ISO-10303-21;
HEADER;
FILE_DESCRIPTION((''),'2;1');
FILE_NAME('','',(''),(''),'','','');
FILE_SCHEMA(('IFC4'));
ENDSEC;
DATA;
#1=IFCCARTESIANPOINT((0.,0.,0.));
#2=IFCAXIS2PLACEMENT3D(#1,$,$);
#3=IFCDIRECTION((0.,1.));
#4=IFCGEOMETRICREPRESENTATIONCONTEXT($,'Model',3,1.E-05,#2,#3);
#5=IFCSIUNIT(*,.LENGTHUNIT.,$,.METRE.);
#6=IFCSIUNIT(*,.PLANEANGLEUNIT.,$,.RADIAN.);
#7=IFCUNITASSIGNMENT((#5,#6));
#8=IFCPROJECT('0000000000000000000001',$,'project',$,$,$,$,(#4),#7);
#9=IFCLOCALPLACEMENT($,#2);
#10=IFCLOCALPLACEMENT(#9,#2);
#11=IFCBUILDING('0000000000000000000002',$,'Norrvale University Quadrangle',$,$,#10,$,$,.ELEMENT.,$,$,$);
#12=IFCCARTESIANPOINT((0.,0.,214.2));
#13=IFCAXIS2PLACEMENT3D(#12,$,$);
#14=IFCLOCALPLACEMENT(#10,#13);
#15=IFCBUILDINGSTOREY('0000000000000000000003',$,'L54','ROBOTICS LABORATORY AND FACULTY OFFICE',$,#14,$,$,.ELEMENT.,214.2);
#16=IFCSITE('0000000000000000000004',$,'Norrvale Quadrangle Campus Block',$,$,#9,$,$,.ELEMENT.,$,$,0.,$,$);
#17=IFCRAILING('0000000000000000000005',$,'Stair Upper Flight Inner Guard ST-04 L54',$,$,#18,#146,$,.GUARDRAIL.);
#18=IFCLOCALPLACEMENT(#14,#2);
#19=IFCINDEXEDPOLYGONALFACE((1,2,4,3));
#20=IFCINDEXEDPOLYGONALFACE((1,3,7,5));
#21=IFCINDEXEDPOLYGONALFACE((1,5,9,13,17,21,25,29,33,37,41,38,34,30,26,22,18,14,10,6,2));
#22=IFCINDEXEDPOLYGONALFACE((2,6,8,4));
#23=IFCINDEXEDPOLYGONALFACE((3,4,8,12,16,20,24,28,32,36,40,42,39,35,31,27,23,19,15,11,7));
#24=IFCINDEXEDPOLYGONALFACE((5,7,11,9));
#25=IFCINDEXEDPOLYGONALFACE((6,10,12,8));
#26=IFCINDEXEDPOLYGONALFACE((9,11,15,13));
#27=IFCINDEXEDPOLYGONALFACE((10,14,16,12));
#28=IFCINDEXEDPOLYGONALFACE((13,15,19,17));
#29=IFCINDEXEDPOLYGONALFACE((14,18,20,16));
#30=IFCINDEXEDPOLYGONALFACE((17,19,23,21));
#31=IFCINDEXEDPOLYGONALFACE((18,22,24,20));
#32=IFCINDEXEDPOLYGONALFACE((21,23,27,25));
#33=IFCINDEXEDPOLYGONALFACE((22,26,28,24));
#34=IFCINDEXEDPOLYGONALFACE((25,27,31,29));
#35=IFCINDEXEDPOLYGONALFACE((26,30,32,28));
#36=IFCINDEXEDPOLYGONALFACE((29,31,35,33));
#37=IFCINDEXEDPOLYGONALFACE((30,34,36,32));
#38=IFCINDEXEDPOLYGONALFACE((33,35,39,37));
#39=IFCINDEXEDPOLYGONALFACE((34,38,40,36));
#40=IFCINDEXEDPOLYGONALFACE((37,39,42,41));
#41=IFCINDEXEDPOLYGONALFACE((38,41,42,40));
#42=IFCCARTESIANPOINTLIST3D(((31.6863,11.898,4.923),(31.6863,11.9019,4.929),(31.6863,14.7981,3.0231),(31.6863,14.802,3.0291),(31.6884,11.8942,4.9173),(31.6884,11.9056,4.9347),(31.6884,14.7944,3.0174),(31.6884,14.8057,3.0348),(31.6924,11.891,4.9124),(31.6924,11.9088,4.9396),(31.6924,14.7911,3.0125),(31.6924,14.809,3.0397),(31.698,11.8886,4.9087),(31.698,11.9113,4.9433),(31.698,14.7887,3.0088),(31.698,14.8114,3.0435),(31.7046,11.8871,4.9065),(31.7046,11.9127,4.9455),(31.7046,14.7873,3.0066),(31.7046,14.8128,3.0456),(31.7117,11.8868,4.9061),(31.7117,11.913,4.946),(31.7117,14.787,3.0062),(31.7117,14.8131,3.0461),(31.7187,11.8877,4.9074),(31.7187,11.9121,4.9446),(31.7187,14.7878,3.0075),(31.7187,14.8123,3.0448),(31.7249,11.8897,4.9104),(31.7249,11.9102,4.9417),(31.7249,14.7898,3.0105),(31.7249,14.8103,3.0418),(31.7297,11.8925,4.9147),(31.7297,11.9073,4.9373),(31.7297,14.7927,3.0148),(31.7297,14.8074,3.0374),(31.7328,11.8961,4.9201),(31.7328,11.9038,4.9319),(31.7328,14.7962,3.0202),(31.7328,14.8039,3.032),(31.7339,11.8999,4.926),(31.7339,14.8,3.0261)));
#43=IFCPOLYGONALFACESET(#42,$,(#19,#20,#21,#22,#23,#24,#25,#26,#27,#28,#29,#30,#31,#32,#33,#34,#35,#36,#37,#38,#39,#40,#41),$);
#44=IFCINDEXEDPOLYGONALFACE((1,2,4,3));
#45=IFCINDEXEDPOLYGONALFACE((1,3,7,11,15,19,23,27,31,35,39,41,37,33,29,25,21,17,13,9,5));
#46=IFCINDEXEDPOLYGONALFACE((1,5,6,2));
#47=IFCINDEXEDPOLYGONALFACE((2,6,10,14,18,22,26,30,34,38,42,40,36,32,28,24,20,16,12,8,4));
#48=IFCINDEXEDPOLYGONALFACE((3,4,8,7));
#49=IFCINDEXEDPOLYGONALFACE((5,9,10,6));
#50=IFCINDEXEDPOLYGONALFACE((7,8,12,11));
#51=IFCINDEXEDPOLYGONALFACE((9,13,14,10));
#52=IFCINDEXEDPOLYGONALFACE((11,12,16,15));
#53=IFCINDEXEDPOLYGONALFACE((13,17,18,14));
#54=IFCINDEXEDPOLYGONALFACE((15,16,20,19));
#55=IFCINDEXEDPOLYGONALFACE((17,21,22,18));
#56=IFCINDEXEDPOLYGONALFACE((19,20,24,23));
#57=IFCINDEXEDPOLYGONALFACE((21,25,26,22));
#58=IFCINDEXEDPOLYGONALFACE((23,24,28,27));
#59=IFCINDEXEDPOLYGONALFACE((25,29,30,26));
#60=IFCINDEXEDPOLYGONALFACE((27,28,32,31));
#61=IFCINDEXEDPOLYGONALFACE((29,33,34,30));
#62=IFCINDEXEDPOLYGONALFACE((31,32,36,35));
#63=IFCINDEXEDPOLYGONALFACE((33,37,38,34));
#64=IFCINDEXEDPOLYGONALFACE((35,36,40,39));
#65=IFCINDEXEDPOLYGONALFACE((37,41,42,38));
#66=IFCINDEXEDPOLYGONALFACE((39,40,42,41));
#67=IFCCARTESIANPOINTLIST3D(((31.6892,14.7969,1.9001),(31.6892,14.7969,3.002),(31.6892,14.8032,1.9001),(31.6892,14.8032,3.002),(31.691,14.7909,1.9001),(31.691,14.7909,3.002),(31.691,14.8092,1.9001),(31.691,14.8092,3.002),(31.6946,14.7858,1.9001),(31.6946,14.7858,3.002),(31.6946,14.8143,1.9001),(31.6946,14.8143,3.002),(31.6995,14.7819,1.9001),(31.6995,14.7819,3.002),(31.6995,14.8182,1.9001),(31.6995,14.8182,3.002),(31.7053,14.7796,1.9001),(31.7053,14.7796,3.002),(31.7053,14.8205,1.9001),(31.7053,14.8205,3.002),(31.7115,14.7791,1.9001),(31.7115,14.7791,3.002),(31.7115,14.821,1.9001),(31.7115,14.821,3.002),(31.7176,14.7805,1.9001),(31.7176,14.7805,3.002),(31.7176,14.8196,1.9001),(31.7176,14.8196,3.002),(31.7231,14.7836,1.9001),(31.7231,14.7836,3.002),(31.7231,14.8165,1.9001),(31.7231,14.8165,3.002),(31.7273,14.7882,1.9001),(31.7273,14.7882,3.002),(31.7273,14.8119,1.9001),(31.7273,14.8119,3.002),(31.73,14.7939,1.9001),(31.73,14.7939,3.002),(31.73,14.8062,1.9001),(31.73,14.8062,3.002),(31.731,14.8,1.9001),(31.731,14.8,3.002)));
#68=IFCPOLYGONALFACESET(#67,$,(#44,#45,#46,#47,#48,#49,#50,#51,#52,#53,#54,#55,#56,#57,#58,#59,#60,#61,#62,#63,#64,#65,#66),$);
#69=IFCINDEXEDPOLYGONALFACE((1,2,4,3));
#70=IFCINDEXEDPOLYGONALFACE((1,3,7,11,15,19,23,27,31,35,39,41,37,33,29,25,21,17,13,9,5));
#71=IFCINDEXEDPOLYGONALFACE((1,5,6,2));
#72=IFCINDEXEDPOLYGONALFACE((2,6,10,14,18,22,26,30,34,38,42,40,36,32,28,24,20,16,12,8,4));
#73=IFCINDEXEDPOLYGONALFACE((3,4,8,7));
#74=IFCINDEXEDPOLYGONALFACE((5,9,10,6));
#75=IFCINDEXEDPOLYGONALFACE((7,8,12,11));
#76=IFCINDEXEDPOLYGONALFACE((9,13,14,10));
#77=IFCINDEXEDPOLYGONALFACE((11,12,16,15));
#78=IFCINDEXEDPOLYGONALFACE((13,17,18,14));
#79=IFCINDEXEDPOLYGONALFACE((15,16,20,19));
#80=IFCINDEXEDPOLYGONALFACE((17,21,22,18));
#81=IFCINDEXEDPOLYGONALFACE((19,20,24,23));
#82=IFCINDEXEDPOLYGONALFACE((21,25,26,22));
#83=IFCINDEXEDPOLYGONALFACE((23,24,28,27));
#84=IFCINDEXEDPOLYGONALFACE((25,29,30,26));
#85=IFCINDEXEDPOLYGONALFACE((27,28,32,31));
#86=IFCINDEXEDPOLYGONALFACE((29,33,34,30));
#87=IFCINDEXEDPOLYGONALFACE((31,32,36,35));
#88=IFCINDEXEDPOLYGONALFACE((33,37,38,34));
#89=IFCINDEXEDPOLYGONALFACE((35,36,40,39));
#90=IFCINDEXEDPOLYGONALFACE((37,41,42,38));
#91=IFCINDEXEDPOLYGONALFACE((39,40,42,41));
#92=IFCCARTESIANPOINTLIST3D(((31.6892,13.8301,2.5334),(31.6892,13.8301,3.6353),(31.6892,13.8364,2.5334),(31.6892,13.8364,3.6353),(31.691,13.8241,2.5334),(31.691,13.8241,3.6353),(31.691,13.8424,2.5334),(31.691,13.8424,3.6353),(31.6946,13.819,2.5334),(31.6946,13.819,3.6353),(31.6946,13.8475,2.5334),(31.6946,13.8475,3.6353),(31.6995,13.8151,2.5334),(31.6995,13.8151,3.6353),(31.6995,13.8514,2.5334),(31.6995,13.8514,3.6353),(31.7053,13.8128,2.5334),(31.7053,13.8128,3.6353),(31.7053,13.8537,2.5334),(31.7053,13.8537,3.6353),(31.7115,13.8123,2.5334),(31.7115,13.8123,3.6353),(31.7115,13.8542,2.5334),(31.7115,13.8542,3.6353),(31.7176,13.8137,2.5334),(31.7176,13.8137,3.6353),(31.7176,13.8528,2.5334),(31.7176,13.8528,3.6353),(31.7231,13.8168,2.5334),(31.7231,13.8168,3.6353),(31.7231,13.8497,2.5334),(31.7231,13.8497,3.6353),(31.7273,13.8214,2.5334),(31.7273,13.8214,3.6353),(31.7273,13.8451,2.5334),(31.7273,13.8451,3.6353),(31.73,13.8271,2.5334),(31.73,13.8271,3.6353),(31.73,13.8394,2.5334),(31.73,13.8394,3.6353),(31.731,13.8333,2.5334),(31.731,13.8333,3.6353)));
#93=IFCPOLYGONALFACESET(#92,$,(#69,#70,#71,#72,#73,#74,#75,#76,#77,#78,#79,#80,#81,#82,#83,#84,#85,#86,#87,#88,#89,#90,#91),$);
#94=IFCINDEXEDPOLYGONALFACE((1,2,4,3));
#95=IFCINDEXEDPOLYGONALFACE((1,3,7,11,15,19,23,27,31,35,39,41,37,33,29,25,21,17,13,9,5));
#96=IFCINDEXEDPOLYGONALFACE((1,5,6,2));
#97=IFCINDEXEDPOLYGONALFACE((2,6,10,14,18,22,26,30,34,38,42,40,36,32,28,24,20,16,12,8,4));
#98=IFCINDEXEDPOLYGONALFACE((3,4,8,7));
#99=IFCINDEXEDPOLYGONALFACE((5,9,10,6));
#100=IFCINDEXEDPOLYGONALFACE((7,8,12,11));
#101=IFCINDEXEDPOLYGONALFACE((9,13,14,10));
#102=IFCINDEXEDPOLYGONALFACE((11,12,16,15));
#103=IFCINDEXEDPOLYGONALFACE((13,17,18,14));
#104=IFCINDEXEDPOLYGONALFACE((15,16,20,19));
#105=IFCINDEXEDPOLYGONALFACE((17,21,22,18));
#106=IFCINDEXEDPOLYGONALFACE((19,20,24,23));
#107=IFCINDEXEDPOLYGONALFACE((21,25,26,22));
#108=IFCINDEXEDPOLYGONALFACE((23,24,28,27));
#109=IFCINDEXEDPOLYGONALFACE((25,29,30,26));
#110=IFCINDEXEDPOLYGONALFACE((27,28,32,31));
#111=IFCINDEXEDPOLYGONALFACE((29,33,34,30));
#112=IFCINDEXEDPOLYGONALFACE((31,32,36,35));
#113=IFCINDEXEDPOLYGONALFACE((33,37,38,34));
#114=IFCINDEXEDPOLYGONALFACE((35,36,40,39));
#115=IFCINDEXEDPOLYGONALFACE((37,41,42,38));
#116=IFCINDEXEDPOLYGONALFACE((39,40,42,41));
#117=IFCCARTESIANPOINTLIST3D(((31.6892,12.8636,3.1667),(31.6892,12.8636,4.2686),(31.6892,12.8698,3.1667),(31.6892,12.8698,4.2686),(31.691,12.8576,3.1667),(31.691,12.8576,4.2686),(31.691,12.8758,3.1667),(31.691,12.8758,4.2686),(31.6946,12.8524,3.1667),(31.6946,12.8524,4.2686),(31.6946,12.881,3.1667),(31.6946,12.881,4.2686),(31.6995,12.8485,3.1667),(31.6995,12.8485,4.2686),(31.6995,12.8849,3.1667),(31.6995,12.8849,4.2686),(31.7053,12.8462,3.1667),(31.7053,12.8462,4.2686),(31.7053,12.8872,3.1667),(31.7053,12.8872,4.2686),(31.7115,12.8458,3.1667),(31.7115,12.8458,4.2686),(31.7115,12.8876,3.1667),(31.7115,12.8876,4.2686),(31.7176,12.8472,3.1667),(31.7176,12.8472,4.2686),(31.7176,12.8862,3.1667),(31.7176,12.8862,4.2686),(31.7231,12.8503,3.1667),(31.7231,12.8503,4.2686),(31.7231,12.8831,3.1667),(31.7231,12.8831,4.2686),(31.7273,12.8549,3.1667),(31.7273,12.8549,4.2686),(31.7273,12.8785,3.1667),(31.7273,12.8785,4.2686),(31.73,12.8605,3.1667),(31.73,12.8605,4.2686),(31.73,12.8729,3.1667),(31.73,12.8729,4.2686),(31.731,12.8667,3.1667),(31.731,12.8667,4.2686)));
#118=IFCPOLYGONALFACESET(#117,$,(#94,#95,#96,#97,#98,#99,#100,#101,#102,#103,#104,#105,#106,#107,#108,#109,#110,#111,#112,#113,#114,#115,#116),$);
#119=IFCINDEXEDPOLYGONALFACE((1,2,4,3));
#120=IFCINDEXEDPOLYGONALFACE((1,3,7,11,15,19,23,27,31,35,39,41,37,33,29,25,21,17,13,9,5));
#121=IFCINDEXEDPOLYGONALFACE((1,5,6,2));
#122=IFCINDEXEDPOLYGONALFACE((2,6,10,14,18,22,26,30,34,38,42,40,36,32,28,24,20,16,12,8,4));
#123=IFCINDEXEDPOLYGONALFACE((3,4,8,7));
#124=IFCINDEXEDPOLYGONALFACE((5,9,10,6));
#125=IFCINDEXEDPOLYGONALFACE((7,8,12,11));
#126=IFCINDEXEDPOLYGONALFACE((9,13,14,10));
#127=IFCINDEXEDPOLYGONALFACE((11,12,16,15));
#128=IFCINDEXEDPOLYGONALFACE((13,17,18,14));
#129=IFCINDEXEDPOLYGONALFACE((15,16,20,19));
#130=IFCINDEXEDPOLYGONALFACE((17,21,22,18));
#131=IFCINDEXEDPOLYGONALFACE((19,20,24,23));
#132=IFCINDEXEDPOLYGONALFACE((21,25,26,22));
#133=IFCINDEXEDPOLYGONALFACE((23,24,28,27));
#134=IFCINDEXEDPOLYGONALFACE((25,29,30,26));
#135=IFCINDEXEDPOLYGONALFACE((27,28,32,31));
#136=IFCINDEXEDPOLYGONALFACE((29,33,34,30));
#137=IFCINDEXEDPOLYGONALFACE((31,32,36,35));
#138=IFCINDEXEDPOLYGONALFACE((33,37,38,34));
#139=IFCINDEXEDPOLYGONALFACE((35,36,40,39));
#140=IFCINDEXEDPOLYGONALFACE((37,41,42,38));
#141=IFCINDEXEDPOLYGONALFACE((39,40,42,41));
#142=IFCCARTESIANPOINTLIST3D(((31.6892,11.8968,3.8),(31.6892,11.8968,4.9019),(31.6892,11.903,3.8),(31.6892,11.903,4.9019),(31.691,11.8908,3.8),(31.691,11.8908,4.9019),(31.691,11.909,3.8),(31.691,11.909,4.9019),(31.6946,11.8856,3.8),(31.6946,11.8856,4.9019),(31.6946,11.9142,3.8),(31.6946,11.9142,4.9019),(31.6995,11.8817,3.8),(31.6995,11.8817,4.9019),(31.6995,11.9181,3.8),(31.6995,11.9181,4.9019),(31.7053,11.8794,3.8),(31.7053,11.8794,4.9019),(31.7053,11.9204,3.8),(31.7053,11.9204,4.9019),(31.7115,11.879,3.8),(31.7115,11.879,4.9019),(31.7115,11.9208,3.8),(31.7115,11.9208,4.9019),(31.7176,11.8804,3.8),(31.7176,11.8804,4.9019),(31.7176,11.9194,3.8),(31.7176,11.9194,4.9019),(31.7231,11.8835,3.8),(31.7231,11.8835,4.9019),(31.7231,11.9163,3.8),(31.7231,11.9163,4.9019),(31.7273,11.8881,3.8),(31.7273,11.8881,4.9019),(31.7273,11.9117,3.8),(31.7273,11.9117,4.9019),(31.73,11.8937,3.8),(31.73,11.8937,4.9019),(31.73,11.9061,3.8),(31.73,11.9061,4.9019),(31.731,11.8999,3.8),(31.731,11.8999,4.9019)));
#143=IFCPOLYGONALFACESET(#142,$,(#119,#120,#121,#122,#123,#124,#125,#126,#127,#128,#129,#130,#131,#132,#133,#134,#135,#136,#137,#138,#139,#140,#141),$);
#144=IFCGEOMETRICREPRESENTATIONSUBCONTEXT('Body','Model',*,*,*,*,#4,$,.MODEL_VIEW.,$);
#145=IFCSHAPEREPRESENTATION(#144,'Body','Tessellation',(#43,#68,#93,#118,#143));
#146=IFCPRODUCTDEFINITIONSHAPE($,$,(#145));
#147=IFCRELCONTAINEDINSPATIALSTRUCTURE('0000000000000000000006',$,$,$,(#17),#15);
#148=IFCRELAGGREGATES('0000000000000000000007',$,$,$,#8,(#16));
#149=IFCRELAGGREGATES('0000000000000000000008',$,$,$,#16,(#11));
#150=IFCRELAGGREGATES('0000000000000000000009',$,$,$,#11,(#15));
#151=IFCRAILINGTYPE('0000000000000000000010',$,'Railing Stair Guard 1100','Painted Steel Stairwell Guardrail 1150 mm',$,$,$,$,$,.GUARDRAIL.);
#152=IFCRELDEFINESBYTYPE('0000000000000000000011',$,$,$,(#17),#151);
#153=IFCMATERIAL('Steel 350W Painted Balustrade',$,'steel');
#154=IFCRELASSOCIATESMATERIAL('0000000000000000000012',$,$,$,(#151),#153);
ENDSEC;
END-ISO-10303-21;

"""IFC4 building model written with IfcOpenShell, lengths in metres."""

from ifc_helpers import new_model, si_unit, direction, frame, origin, origin_2d, place, context, subcontext, project, spatial, circle, extrude, material, type_object, element, save


model = new_model("IFC4")

# Units and contexts
model_context = context("Model", 3, precision=1e-05, world=origin(), true_north=direction((0.0, 1.0)))
body_context = subcontext(model_context, "Body", "Model", "MODEL_VIEW")
ifc_project = project(units=[si_unit("LENGTHUNIT", "METRE"), si_unit("PLANEANGLEUNIT", "RADIAN")], contexts=[model_context])

# Site, building, storey
site_placement = place(None, origin())
site = spatial("IfcSite", under=ifc_project, at=site_placement, Name="Norrvale Quadrangle Campus Block", CompositionType="ELEMENT", RefElevation=0.0)
building_placement = place(site_placement, origin())
building = spatial("IfcBuilding", under=site, at=building_placement, Name="Norrvale University Quadrangle", CompositionType="ELEMENT")
storey_placement = place(building_placement, frame((0.0, 0.0, 214.2)))
storey = spatial("IfcBuildingStorey", under=building, at=storey_placement, Name="L54", Description="ROBOTICS LABORATORY AND FACULTY OFFICE", CompositionType="ELEMENT", Elevation=214.2)

# Railing
ifc_material_1 = material(Name="Steel 350W Painted Balustrade", Category="steel")
railing_type_1 = type_object("IfcRailingType", Name="Railing Stair Guard 1100", Description="Painted Steel Stairwell Guardrail 1150 mm", PredefinedType="GUARDRAIL", material=ifc_material_1)
railing_1_placement = place(storey_placement, frame((31.71, 14.8, 1.9001)))
element("IfcRailing", 1, at=railing_1_placement, inside=storey, type_object=railing_type_1, Name="Stair Upper Flight Inner Guard ST-04 L54", PredefinedType="GUARDRAIL", context=body_context, shape_type="SweptSolid", body=[
    extrude(circle(Radius=0.0239, at=origin_2d()), frame((0.0, 0.0, 1.126), z_axis=(0.0, -0.836487, 0.547987), x_axis=(1.0, 0.0, 0.0)), (0.0, 0.0, 1.0), 3.467),
    extrude(circle(Radius=0.021, at=origin_2d()), origin(), (0.0, 0.0, 1.0), 1.1018),
    extrude(circle(Radius=0.021, at=origin_2d()), frame((0.0, -0.9668, 0.6333)), (0.0, 0.0, 1.0), 1.1018),
    extrude(circle(Radius=0.021, at=origin_2d()), frame((0.0, -1.9333, 1.2666)), (0.0, 0.0, 1.0), 1.1018),
    extrude(circle(Radius=0.021, at=origin_2d()), frame((0.0, -2.9001, 1.8999)), (0.0, 0.0, 1.0), 1.1018),
])

save(model, "model.ifc")
